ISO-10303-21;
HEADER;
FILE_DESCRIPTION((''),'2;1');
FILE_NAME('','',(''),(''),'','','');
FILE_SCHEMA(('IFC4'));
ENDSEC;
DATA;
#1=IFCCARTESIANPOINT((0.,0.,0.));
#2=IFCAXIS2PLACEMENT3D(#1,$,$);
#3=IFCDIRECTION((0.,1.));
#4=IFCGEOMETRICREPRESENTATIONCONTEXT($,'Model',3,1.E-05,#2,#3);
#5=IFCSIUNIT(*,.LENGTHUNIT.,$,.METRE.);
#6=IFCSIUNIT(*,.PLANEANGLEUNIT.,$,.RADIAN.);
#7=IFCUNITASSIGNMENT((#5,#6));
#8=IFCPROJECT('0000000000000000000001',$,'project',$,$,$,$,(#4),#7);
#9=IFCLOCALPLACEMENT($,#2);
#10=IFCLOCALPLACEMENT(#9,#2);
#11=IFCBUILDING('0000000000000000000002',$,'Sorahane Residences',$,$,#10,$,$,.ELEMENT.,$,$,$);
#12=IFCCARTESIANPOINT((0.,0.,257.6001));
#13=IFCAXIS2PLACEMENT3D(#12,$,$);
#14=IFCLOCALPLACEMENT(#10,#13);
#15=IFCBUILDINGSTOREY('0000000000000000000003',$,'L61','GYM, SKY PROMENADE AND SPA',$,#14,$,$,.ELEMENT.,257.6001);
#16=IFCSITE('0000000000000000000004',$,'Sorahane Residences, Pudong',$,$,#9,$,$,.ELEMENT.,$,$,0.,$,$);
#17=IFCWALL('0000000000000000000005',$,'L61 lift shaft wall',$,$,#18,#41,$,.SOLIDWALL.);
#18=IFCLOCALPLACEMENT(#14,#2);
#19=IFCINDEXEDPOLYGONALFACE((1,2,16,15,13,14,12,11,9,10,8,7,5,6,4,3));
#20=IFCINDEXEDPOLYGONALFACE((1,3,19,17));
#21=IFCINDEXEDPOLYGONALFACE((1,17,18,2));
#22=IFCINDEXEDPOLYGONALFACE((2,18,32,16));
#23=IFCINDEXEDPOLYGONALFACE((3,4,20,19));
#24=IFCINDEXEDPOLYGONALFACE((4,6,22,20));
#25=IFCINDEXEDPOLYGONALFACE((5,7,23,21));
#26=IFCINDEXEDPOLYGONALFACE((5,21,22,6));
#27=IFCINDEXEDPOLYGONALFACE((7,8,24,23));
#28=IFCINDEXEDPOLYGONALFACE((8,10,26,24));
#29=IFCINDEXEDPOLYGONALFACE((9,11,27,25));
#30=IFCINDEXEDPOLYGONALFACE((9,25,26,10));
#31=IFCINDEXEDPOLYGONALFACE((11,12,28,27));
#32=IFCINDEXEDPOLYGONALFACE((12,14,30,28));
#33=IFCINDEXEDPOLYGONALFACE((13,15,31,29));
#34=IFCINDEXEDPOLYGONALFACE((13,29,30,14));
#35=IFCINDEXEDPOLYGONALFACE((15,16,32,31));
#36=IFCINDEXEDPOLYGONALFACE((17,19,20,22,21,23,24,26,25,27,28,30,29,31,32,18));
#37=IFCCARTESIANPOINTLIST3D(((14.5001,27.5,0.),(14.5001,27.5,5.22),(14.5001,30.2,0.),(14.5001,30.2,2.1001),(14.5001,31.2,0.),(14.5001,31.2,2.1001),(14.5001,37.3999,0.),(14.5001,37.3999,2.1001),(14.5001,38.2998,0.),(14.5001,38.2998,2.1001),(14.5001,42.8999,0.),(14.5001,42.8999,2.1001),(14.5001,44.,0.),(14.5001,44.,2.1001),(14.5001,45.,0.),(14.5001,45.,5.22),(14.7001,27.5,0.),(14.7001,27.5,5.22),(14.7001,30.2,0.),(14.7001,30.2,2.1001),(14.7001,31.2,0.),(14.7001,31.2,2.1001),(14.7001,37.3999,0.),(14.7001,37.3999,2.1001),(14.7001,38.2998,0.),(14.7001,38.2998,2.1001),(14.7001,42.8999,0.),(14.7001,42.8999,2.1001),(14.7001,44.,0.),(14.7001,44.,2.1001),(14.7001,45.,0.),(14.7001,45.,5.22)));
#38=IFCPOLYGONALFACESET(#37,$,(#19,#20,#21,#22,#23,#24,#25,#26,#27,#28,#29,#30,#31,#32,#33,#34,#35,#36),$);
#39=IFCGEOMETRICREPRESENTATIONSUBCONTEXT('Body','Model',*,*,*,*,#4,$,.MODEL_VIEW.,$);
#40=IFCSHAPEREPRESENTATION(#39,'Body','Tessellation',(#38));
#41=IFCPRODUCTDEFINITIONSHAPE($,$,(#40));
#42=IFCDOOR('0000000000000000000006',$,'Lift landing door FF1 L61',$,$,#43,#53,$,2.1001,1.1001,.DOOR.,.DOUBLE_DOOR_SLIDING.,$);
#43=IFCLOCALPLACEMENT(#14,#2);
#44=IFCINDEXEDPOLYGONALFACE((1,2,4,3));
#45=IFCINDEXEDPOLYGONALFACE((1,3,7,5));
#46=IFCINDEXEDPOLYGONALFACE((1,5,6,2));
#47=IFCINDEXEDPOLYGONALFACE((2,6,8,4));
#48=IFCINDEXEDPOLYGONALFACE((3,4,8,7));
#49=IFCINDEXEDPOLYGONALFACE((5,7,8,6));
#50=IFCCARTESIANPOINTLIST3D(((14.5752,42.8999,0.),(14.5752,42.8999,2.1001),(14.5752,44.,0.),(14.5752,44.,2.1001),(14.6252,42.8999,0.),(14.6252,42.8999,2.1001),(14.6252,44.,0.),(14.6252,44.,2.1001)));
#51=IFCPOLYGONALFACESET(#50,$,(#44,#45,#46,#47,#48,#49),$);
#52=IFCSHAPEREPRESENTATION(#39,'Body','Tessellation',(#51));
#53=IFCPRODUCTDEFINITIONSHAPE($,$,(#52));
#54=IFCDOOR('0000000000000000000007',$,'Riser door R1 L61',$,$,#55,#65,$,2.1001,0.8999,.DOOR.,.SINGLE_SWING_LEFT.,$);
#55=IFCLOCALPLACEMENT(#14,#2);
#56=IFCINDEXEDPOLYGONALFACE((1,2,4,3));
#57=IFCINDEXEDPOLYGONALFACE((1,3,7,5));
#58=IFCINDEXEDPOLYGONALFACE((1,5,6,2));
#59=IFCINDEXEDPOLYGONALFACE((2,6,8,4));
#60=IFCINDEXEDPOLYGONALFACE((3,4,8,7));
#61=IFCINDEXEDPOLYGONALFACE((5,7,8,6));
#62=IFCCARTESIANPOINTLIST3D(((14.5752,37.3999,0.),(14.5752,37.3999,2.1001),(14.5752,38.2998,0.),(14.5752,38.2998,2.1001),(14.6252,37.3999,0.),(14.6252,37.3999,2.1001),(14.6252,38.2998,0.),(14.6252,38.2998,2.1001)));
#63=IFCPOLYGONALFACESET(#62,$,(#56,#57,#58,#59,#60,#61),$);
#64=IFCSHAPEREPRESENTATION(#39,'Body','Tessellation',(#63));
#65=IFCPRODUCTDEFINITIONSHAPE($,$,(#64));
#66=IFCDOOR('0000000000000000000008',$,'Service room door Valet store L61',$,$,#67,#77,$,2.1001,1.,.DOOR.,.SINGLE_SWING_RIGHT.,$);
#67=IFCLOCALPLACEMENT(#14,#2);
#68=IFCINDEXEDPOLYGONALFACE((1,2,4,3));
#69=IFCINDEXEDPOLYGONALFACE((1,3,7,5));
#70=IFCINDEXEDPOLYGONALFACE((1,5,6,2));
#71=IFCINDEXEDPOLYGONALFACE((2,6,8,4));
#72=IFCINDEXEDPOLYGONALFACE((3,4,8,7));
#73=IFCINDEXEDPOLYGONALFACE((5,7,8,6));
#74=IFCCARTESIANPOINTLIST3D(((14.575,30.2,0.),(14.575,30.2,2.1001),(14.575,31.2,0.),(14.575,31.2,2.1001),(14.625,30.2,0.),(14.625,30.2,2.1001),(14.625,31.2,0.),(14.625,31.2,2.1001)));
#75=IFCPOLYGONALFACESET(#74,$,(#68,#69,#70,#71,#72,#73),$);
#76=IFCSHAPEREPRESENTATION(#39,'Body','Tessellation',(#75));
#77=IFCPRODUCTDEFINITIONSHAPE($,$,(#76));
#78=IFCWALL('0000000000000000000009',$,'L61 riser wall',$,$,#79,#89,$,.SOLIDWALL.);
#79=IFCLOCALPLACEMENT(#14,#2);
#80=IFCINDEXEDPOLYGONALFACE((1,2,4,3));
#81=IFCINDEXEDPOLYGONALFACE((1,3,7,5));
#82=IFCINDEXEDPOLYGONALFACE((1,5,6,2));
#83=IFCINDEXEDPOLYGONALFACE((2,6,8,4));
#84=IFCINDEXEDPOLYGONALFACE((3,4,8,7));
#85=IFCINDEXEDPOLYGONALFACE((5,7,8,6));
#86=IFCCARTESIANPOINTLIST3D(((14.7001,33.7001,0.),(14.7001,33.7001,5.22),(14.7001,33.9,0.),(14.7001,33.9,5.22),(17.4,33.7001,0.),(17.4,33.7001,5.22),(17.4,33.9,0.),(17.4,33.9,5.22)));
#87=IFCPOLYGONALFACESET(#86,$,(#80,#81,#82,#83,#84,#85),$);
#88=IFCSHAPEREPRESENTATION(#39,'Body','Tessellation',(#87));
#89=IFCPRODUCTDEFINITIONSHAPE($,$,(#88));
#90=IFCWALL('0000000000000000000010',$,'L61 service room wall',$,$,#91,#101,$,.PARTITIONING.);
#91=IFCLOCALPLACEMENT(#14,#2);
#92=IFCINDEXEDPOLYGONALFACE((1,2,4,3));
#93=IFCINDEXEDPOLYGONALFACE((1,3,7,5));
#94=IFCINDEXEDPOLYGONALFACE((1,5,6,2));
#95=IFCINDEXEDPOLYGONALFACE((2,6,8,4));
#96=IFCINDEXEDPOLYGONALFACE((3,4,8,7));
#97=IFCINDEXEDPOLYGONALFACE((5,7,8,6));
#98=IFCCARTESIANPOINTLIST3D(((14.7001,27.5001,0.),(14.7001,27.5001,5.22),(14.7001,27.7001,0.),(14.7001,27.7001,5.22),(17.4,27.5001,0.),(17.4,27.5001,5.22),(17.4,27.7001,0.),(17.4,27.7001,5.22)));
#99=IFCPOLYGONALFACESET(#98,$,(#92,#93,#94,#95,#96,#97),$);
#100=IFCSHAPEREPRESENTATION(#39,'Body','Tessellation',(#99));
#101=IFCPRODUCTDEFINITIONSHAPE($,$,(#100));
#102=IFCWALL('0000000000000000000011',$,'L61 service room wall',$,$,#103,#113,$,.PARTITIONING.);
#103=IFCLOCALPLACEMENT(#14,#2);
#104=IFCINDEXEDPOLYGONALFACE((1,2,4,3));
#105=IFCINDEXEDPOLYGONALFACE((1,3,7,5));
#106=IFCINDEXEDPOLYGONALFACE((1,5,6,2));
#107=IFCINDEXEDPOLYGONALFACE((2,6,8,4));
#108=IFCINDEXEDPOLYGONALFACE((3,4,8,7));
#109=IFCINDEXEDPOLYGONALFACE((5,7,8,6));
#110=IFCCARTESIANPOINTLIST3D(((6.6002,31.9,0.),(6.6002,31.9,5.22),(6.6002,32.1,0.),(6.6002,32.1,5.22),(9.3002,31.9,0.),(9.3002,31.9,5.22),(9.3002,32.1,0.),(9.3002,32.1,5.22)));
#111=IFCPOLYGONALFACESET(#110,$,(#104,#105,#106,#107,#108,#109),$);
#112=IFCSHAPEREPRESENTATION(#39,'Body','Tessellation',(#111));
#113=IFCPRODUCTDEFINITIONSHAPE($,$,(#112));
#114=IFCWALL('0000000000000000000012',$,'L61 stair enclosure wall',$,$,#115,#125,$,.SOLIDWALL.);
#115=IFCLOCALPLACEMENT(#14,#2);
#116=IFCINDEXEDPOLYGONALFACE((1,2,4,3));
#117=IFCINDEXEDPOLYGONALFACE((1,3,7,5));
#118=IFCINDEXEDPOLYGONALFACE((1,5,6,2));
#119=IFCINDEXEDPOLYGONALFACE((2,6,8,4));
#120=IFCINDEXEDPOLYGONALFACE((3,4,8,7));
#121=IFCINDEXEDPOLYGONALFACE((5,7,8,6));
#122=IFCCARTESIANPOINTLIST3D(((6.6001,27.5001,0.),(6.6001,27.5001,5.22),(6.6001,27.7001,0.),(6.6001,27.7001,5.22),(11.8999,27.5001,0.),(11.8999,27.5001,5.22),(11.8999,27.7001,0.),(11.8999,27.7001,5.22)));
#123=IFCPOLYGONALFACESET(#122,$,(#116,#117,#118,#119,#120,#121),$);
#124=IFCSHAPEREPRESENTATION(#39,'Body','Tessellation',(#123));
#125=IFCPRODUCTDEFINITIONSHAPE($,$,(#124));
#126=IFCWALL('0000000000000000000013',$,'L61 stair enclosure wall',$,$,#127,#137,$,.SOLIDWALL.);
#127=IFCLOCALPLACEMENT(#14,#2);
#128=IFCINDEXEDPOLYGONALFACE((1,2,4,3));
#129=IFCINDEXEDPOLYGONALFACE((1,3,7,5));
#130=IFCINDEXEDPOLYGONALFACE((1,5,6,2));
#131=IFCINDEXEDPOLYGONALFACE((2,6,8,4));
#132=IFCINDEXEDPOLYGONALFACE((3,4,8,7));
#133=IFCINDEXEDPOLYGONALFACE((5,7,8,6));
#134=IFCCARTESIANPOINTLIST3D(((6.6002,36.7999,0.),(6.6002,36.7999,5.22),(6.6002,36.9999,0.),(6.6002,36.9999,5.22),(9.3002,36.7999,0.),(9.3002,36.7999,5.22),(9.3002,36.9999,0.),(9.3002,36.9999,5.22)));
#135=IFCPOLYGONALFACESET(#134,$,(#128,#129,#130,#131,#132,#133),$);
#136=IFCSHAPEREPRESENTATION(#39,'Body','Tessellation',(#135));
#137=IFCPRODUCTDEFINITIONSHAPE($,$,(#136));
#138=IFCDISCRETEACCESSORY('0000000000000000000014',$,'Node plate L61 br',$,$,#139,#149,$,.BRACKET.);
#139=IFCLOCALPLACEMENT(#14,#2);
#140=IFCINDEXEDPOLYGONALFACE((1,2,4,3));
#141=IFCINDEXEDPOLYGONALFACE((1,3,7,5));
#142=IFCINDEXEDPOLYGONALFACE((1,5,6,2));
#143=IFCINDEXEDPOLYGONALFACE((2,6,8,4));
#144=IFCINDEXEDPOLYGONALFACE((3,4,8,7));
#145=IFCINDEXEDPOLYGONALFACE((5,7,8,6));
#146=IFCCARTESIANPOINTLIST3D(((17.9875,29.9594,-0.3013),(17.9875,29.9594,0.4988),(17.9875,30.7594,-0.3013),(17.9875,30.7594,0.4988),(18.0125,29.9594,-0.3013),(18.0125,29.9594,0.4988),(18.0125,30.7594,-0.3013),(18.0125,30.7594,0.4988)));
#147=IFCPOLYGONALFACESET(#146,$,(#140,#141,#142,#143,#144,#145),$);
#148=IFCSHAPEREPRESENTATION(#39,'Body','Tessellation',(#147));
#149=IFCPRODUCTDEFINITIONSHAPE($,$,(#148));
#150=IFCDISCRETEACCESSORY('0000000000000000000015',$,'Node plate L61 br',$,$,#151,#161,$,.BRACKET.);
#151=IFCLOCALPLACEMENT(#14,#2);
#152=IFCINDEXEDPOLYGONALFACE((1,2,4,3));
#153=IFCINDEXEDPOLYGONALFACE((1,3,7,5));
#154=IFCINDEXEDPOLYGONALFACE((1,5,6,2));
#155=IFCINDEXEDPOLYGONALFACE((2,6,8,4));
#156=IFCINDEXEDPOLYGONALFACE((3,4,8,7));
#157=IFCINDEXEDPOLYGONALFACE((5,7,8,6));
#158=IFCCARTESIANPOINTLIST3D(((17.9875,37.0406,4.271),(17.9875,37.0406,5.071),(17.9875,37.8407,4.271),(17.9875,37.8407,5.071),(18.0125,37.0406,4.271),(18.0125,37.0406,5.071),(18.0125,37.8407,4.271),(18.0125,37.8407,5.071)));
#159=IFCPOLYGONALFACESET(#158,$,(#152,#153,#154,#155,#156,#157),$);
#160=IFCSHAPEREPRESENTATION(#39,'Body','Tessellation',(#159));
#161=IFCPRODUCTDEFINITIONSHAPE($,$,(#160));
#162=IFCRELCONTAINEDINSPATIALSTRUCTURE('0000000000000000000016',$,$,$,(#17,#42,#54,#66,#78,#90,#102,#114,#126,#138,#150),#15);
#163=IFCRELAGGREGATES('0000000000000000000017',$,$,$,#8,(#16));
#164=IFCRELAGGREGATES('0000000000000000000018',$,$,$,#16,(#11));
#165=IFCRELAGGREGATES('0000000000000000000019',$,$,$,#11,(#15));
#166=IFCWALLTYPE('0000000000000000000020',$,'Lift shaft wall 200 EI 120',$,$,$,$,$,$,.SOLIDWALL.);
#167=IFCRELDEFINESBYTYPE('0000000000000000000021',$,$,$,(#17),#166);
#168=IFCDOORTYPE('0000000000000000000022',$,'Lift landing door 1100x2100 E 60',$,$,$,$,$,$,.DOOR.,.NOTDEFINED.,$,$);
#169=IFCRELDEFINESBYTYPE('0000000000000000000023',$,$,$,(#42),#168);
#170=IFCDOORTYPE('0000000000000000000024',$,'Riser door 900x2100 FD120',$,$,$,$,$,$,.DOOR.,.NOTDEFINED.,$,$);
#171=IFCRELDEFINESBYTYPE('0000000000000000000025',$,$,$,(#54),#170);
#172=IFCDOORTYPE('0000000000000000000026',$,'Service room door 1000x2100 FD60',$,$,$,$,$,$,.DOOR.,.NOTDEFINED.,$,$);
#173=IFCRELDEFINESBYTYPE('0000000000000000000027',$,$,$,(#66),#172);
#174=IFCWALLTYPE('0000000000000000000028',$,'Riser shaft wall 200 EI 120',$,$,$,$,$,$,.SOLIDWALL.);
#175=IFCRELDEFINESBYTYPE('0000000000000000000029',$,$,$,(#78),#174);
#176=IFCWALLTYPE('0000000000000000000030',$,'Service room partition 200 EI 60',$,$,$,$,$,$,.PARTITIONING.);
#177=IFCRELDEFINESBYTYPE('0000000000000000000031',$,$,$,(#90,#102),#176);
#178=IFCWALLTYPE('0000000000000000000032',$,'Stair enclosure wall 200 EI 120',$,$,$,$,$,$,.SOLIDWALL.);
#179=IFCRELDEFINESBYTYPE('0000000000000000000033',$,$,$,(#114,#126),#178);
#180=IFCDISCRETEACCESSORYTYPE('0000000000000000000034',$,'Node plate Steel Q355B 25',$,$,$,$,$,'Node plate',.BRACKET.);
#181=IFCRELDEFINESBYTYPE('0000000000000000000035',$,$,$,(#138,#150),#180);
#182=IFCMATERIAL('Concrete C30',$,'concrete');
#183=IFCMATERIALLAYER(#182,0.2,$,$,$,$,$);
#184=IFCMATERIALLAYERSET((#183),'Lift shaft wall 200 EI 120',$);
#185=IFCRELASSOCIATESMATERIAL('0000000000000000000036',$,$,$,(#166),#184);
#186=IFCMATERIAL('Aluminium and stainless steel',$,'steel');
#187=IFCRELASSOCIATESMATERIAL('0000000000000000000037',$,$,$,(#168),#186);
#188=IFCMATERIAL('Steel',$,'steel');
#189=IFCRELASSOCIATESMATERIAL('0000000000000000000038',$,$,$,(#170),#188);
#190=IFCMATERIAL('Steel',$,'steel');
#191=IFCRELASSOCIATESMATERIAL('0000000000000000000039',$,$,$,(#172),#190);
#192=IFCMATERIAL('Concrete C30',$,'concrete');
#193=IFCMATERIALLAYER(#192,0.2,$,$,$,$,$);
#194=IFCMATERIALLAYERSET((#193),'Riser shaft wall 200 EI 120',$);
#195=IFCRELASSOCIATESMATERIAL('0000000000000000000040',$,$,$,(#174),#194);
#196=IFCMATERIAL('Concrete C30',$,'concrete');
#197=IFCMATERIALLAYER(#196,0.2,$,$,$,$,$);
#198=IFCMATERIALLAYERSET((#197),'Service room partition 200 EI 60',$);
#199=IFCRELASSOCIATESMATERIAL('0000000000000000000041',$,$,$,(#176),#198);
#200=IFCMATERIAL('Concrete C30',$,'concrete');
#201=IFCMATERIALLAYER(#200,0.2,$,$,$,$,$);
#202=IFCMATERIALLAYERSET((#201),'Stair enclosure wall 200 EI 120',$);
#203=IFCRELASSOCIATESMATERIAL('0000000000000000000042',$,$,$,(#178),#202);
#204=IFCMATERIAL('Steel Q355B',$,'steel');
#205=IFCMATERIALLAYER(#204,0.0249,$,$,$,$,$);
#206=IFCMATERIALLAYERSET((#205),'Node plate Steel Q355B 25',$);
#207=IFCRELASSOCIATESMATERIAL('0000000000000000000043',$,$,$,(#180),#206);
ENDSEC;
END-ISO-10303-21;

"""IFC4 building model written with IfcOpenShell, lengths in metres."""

from ifc_helpers import new_model, si_unit, direction, frame, frame_2d, origin, origin_2d, place, context, subcontext, project, spatial, rectangle, extrude, material, layer, layer_set, type_object, element, fill, save


model = new_model("IFC4")

# Units and contexts
model_context = context("Model", 3, precision=1e-05, world=origin(), true_north=direction((0.0, 1.0)))
body_context = subcontext(model_context, "Body", "Model", "MODEL_VIEW")
ifc_project = project(units=[si_unit("LENGTHUNIT", "METRE"), si_unit("PLANEANGLEUNIT", "RADIAN")], contexts=[model_context])

# Site, building, storey
site_placement = place(None, origin())
site = spatial("IfcSite", under=ifc_project, at=site_placement, Name="Sorahane Residences, Pudong", CompositionType="ELEMENT", RefElevation=0.0)
building_placement = place(site_placement, origin())
building = spatial("IfcBuilding", under=site, at=building_placement, Name="Sorahane Residences", CompositionType="ELEMENT")
storey_placement = place(building_placement, frame((0.0, 0.0, 257.6001)))
storey = spatial("IfcBuildingStorey", under=building, at=storey_placement, Name="L61", Description="GYM, SKY PROMENADE AND SPA", CompositionType="ELEMENT", Elevation=257.6001)

# Wall, openings, doors
ifc_material_1 = material(Name="Concrete C30", Category="concrete")
ifc_layer_1 = layer(ifc_material_1, 0.2)
ifc_layer_set_1 = layer_set([ifc_layer_1], Name="Lift shaft wall 200 EI 120")
wall_type_1 = type_object("IfcWallType", Name="Lift shaft wall 200 EI 120", PredefinedType="SOLIDWALL", material=ifc_layer_set_1)
wall_1_placement = place(storey_placement, frame((14.6001, 27.5, 0.0), z_axis=(0.0, 0.0, 1.0), x_axis=(0.0, 1.0, 0.0)))
wall_1 = element("IfcWall", 1, at=wall_1_placement, inside=storey, type_object=wall_type_1, Name="L61 lift shaft wall", PredefinedType="SOLIDWALL", context=body_context, shape_type="SweptSolid", body=[
    extrude(rectangle(XDim=17.5, YDim=0.2, at=frame_2d((8.75, 0.0))), origin(), (0.0, 0.0, 1.0), 5.22),
])
opening_1_placement = place(wall_1_placement, frame((15.3999, 0.0, 0.0)))
opening_1 = element("IfcOpeningElement", 2, at=opening_1_placement, cuts=wall_1, PredefinedType="OPENING", context=body_context, shape_type="SweptSolid", body=[
    extrude(rectangle(XDim=1.1001, YDim=2.1001, at=frame_2d((0.55, 1.05))), frame((0.0, 0.1099, 0.0), z_axis=(0.0, -1.0, 0.0), x_axis=(1.0, 0.0, 0.0)), (0.0, 0.0, 1.0), 0.22),
])
opening_2_placement = place(wall_1_placement, frame((2.7, 0.0, 0.0)))
opening_2 = element("IfcOpeningElement", 3, at=opening_2_placement, cuts=wall_1, PredefinedType="OPENING", context=body_context, shape_type="SweptSolid", body=[
    extrude(rectangle(XDim=1.0, YDim=2.1001, at=frame_2d((0.5, 1.05))), frame((0.0, 0.1099, 0.0), z_axis=(0.0, -1.0, 0.0), x_axis=(1.0, 0.0, 0.0)), (0.0, 0.0, 1.0), 0.22),
])
opening_3_placement = place(wall_1_placement, frame((9.8999, 0.0, 0.0)))
opening_3 = element("IfcOpeningElement", 4, at=opening_3_placement, cuts=wall_1, PredefinedType="OPENING", context=body_context, shape_type="SweptSolid", body=[
    extrude(rectangle(XDim=0.8999, YDim=2.1001, at=frame_2d((0.45, 1.05))), frame((0.0, 0.1099, 0.0), z_axis=(0.0, -1.0, 0.0), x_axis=(1.0, 0.0, 0.0)), (0.0, 0.0, 1.0), 0.22),
])
ifc_material_2 = material(Name="Aluminium and stainless steel", Category="steel")
door_type_1 = type_object("IfcDoorType", Name="Lift landing door 1100x2100 E 60", OperationType="NOTDEFINED", PredefinedType="DOOR", material=ifc_material_2)
door_1_placement = place(opening_1_placement, origin())
door_1 = element("IfcDoor", 5, at=door_1_placement, inside=storey, type_object=door_type_1, Name="Lift landing door FF1 L61", OperationType="DOUBLE_DOOR_SLIDING", OverallHeight=2.1001, OverallWidth=1.1001, PredefinedType="DOOR", context=body_context, shape_type="SweptSolid", body=[
    extrude(rectangle(XDim=1.1001, YDim=2.1001, at=frame_2d((0.55, 1.05))), frame((0.0, 0.0249, 0.0), z_axis=(0.0, -1.0, 0.0), x_axis=(1.0, 0.0, 0.0)), (0.0, 0.0, 1.0), 0.05),
])
fill(opening_1, door_1)
ifc_material_3 = material(Name="Steel", Category="steel")
door_type_2 = type_object("IfcDoorType", Name="Riser door 900x2100 FD120", OperationType="NOTDEFINED", PredefinedType="DOOR", material=ifc_material_3)
door_2_placement = place(opening_3_placement, origin())
door_2 = element("IfcDoor", 6, at=door_2_placement, inside=storey, type_object=door_type_2, Name="Riser door R1 L61", OperationType="SINGLE_SWING_LEFT", OverallHeight=2.1001, OverallWidth=0.8999, PredefinedType="DOOR", context=body_context, shape_type="SweptSolid", body=[
    extrude(rectangle(XDim=0.8999, YDim=2.1001, at=frame_2d((0.45, 1.05))), frame((0.0, 0.0249, 0.0), z_axis=(0.0, -1.0, 0.0), x_axis=(1.0, 0.0, 0.0)), (0.0, 0.0, 1.0), 0.05),
])
fill(opening_3, door_2)
ifc_material_4 = material(Name="Steel", Category="steel")
door_type_3 = type_object("IfcDoorType", Name="Service room door 1000x2100 FD60", OperationType="NOTDEFINED", PredefinedType="DOOR", material=ifc_material_4)
door_3_placement = place(opening_2_placement, frame((1.0, 0.0, 0.0), z_axis=(0.0, 0.0, 1.0), x_axis=(-1.0, 0.0, 0.0)))
door_3 = element("IfcDoor", 7, at=door_3_placement, inside=storey, type_object=door_type_3, Name="Service room door Valet store L61", OperationType="SINGLE_SWING_RIGHT", OverallHeight=2.1001, OverallWidth=1.0, PredefinedType="DOOR", context=body_context, shape_type="SweptSolid", body=[
    extrude(rectangle(XDim=1.0, YDim=2.1001, at=frame_2d((0.5, 1.05))), frame((0.0, 0.0249, 0.0), z_axis=(0.0, -1.0, 0.0), x_axis=(1.0, 0.0, 0.0)), (0.0, 0.0, 1.0), 0.05),
])
fill(opening_2, door_3)

# Walls
ifc_material_5 = material(Name="Concrete C30", Category="concrete")
ifc_layer_2 = layer(ifc_material_5, 0.2)
ifc_layer_set_2 = layer_set([ifc_layer_2], Name="Riser shaft wall 200 EI 120")
wall_type_2 = type_object("IfcWallType", Name="Riser shaft wall 200 EI 120", PredefinedType="SOLIDWALL", material=ifc_layer_set_2)
wall_2_placement = place(storey_placement, frame((14.7, 33.8, 0.0), z_axis=(0.0, 0.0, 1.0), x_axis=(1.0, 0.0, 0.0)))
element("IfcWall", 8, at=wall_2_placement, inside=storey, type_object=wall_type_2, Name="L61 riser wall", PredefinedType="SOLIDWALL", context=body_context, shape_type="SweptSolid", body=[
    extrude(rectangle(XDim=2.7, YDim=0.2, at=frame_2d((1.3501, 0.0))), origin(), (0.0, 0.0, 1.0), 5.22),
])
ifc_material_6 = material(Name="Concrete C30", Category="concrete")
ifc_layer_3 = layer(ifc_material_6, 0.2)
ifc_layer_set_3 = layer_set([ifc_layer_3], Name="Service room partition 200 EI 60")
wall_type_3 = type_object("IfcWallType", Name="Service room partition 200 EI 60", PredefinedType="PARTITIONING", material=ifc_layer_set_3)
for number, where, z_axis, x_axis, name in (
    (9, (14.7, 27.6001, 0.0), (0.0, 0.0, 1.0), (1.0, 0.0, 0.0), "L61 service room wall"),
    (10, (6.6001, 32.0, 0.0), (0.0, 0.0, 1.0), (1.0, 0.0, 0.0), "L61 service room wall"),
):
    element("IfcWall", number, at=place(storey_placement, frame(where, z_axis=z_axis, x_axis=x_axis)), inside=storey, type_object=wall_type_3, Name=name, PredefinedType="PARTITIONING", context=body_context, shape_type="SweptSolid", body=[
        extrude(rectangle(XDim=2.7, YDim=0.2, at=frame_2d((1.3501, 0.0))), origin(), (0.0, 0.0, 1.0), 5.22),
    ])
ifc_material_7 = material(Name="Concrete C30", Category="concrete")
ifc_layer_4 = layer(ifc_material_7, 0.2)
ifc_layer_set_4 = layer_set([ifc_layer_4], Name="Stair enclosure wall 200 EI 120")
wall_type_4 = type_object("IfcWallType", Name="Stair enclosure wall 200 EI 120", PredefinedType="SOLIDWALL", material=ifc_layer_set_4)
wall_3_placement = place(storey_placement, frame((6.6001, 27.6001, 0.0), z_axis=(0.0, 0.0, 1.0), x_axis=(1.0, 0.0, 0.0)))
element("IfcWall", 11, at=wall_3_placement, inside=storey, type_object=wall_type_4, Name="L61 stair enclosure wall", PredefinedType="SOLIDWALL", context=body_context, shape_type="SweptSolid", body=[
    extrude(rectangle(XDim=5.2998, YDim=0.2, at=frame_2d((2.6499, 0.0))), origin(), (0.0, 0.0, 1.0), 5.22),
])
wall_4_placement = place(storey_placement, frame((6.6001, 36.8999, 0.0), z_axis=(0.0, 0.0, 1.0), x_axis=(1.0, 0.0, 0.0)))
element("IfcWall", 12, at=wall_4_placement, inside=storey, type_object=wall_type_4, Name="L61 stair enclosure wall", PredefinedType="SOLIDWALL", context=body_context, shape_type="SweptSolid", body=[
    extrude(rectangle(XDim=2.7, YDim=0.2, at=frame_2d((1.3501, 0.0))), origin(), (0.0, 0.0, 1.0), 5.22),
])

# Discrete accessories
ifc_material_8 = material(Name="Steel Q355B", Category="steel")
ifc_layer_5 = layer(ifc_material_8, 0.0249)
ifc_layer_set_5 = layer_set([ifc_layer_5], Name="Node plate Steel Q355B 25")
discrete_accessory_type = type_object("IfcDiscreteAccessoryType", Name="Node plate Steel Q355B 25", ElementType="Node plate", PredefinedType="BRACKET", material=ifc_layer_set_5)
for number, where, z_axis, x_axis, name in (
    (13, (18.0, 30.3594, -0.3013), (0.0, 0.0, 1.0), (0.0, 1.0, 0.0), "Node plate L61 br"),
    (14, (18.0, 37.4407, 4.271), (0.0, 0.0, 1.0), (0.0, 1.0, 0.0), "Node plate L61 br"),
):
    element("IfcDiscreteAccessory", number, at=place(storey_placement, frame(where, z_axis=z_axis, x_axis=x_axis)), inside=storey, type_object=discrete_accessory_type, Name=name, PredefinedType="BRACKET", context=body_context, shape_type="SweptSolid", body=[
        extrude(rectangle(XDim=0.8, YDim=0.0249, at=origin_2d()), origin(), (0.0, 0.0, 1.0), 0.8),
    ])

save(model, "model.ifc")
